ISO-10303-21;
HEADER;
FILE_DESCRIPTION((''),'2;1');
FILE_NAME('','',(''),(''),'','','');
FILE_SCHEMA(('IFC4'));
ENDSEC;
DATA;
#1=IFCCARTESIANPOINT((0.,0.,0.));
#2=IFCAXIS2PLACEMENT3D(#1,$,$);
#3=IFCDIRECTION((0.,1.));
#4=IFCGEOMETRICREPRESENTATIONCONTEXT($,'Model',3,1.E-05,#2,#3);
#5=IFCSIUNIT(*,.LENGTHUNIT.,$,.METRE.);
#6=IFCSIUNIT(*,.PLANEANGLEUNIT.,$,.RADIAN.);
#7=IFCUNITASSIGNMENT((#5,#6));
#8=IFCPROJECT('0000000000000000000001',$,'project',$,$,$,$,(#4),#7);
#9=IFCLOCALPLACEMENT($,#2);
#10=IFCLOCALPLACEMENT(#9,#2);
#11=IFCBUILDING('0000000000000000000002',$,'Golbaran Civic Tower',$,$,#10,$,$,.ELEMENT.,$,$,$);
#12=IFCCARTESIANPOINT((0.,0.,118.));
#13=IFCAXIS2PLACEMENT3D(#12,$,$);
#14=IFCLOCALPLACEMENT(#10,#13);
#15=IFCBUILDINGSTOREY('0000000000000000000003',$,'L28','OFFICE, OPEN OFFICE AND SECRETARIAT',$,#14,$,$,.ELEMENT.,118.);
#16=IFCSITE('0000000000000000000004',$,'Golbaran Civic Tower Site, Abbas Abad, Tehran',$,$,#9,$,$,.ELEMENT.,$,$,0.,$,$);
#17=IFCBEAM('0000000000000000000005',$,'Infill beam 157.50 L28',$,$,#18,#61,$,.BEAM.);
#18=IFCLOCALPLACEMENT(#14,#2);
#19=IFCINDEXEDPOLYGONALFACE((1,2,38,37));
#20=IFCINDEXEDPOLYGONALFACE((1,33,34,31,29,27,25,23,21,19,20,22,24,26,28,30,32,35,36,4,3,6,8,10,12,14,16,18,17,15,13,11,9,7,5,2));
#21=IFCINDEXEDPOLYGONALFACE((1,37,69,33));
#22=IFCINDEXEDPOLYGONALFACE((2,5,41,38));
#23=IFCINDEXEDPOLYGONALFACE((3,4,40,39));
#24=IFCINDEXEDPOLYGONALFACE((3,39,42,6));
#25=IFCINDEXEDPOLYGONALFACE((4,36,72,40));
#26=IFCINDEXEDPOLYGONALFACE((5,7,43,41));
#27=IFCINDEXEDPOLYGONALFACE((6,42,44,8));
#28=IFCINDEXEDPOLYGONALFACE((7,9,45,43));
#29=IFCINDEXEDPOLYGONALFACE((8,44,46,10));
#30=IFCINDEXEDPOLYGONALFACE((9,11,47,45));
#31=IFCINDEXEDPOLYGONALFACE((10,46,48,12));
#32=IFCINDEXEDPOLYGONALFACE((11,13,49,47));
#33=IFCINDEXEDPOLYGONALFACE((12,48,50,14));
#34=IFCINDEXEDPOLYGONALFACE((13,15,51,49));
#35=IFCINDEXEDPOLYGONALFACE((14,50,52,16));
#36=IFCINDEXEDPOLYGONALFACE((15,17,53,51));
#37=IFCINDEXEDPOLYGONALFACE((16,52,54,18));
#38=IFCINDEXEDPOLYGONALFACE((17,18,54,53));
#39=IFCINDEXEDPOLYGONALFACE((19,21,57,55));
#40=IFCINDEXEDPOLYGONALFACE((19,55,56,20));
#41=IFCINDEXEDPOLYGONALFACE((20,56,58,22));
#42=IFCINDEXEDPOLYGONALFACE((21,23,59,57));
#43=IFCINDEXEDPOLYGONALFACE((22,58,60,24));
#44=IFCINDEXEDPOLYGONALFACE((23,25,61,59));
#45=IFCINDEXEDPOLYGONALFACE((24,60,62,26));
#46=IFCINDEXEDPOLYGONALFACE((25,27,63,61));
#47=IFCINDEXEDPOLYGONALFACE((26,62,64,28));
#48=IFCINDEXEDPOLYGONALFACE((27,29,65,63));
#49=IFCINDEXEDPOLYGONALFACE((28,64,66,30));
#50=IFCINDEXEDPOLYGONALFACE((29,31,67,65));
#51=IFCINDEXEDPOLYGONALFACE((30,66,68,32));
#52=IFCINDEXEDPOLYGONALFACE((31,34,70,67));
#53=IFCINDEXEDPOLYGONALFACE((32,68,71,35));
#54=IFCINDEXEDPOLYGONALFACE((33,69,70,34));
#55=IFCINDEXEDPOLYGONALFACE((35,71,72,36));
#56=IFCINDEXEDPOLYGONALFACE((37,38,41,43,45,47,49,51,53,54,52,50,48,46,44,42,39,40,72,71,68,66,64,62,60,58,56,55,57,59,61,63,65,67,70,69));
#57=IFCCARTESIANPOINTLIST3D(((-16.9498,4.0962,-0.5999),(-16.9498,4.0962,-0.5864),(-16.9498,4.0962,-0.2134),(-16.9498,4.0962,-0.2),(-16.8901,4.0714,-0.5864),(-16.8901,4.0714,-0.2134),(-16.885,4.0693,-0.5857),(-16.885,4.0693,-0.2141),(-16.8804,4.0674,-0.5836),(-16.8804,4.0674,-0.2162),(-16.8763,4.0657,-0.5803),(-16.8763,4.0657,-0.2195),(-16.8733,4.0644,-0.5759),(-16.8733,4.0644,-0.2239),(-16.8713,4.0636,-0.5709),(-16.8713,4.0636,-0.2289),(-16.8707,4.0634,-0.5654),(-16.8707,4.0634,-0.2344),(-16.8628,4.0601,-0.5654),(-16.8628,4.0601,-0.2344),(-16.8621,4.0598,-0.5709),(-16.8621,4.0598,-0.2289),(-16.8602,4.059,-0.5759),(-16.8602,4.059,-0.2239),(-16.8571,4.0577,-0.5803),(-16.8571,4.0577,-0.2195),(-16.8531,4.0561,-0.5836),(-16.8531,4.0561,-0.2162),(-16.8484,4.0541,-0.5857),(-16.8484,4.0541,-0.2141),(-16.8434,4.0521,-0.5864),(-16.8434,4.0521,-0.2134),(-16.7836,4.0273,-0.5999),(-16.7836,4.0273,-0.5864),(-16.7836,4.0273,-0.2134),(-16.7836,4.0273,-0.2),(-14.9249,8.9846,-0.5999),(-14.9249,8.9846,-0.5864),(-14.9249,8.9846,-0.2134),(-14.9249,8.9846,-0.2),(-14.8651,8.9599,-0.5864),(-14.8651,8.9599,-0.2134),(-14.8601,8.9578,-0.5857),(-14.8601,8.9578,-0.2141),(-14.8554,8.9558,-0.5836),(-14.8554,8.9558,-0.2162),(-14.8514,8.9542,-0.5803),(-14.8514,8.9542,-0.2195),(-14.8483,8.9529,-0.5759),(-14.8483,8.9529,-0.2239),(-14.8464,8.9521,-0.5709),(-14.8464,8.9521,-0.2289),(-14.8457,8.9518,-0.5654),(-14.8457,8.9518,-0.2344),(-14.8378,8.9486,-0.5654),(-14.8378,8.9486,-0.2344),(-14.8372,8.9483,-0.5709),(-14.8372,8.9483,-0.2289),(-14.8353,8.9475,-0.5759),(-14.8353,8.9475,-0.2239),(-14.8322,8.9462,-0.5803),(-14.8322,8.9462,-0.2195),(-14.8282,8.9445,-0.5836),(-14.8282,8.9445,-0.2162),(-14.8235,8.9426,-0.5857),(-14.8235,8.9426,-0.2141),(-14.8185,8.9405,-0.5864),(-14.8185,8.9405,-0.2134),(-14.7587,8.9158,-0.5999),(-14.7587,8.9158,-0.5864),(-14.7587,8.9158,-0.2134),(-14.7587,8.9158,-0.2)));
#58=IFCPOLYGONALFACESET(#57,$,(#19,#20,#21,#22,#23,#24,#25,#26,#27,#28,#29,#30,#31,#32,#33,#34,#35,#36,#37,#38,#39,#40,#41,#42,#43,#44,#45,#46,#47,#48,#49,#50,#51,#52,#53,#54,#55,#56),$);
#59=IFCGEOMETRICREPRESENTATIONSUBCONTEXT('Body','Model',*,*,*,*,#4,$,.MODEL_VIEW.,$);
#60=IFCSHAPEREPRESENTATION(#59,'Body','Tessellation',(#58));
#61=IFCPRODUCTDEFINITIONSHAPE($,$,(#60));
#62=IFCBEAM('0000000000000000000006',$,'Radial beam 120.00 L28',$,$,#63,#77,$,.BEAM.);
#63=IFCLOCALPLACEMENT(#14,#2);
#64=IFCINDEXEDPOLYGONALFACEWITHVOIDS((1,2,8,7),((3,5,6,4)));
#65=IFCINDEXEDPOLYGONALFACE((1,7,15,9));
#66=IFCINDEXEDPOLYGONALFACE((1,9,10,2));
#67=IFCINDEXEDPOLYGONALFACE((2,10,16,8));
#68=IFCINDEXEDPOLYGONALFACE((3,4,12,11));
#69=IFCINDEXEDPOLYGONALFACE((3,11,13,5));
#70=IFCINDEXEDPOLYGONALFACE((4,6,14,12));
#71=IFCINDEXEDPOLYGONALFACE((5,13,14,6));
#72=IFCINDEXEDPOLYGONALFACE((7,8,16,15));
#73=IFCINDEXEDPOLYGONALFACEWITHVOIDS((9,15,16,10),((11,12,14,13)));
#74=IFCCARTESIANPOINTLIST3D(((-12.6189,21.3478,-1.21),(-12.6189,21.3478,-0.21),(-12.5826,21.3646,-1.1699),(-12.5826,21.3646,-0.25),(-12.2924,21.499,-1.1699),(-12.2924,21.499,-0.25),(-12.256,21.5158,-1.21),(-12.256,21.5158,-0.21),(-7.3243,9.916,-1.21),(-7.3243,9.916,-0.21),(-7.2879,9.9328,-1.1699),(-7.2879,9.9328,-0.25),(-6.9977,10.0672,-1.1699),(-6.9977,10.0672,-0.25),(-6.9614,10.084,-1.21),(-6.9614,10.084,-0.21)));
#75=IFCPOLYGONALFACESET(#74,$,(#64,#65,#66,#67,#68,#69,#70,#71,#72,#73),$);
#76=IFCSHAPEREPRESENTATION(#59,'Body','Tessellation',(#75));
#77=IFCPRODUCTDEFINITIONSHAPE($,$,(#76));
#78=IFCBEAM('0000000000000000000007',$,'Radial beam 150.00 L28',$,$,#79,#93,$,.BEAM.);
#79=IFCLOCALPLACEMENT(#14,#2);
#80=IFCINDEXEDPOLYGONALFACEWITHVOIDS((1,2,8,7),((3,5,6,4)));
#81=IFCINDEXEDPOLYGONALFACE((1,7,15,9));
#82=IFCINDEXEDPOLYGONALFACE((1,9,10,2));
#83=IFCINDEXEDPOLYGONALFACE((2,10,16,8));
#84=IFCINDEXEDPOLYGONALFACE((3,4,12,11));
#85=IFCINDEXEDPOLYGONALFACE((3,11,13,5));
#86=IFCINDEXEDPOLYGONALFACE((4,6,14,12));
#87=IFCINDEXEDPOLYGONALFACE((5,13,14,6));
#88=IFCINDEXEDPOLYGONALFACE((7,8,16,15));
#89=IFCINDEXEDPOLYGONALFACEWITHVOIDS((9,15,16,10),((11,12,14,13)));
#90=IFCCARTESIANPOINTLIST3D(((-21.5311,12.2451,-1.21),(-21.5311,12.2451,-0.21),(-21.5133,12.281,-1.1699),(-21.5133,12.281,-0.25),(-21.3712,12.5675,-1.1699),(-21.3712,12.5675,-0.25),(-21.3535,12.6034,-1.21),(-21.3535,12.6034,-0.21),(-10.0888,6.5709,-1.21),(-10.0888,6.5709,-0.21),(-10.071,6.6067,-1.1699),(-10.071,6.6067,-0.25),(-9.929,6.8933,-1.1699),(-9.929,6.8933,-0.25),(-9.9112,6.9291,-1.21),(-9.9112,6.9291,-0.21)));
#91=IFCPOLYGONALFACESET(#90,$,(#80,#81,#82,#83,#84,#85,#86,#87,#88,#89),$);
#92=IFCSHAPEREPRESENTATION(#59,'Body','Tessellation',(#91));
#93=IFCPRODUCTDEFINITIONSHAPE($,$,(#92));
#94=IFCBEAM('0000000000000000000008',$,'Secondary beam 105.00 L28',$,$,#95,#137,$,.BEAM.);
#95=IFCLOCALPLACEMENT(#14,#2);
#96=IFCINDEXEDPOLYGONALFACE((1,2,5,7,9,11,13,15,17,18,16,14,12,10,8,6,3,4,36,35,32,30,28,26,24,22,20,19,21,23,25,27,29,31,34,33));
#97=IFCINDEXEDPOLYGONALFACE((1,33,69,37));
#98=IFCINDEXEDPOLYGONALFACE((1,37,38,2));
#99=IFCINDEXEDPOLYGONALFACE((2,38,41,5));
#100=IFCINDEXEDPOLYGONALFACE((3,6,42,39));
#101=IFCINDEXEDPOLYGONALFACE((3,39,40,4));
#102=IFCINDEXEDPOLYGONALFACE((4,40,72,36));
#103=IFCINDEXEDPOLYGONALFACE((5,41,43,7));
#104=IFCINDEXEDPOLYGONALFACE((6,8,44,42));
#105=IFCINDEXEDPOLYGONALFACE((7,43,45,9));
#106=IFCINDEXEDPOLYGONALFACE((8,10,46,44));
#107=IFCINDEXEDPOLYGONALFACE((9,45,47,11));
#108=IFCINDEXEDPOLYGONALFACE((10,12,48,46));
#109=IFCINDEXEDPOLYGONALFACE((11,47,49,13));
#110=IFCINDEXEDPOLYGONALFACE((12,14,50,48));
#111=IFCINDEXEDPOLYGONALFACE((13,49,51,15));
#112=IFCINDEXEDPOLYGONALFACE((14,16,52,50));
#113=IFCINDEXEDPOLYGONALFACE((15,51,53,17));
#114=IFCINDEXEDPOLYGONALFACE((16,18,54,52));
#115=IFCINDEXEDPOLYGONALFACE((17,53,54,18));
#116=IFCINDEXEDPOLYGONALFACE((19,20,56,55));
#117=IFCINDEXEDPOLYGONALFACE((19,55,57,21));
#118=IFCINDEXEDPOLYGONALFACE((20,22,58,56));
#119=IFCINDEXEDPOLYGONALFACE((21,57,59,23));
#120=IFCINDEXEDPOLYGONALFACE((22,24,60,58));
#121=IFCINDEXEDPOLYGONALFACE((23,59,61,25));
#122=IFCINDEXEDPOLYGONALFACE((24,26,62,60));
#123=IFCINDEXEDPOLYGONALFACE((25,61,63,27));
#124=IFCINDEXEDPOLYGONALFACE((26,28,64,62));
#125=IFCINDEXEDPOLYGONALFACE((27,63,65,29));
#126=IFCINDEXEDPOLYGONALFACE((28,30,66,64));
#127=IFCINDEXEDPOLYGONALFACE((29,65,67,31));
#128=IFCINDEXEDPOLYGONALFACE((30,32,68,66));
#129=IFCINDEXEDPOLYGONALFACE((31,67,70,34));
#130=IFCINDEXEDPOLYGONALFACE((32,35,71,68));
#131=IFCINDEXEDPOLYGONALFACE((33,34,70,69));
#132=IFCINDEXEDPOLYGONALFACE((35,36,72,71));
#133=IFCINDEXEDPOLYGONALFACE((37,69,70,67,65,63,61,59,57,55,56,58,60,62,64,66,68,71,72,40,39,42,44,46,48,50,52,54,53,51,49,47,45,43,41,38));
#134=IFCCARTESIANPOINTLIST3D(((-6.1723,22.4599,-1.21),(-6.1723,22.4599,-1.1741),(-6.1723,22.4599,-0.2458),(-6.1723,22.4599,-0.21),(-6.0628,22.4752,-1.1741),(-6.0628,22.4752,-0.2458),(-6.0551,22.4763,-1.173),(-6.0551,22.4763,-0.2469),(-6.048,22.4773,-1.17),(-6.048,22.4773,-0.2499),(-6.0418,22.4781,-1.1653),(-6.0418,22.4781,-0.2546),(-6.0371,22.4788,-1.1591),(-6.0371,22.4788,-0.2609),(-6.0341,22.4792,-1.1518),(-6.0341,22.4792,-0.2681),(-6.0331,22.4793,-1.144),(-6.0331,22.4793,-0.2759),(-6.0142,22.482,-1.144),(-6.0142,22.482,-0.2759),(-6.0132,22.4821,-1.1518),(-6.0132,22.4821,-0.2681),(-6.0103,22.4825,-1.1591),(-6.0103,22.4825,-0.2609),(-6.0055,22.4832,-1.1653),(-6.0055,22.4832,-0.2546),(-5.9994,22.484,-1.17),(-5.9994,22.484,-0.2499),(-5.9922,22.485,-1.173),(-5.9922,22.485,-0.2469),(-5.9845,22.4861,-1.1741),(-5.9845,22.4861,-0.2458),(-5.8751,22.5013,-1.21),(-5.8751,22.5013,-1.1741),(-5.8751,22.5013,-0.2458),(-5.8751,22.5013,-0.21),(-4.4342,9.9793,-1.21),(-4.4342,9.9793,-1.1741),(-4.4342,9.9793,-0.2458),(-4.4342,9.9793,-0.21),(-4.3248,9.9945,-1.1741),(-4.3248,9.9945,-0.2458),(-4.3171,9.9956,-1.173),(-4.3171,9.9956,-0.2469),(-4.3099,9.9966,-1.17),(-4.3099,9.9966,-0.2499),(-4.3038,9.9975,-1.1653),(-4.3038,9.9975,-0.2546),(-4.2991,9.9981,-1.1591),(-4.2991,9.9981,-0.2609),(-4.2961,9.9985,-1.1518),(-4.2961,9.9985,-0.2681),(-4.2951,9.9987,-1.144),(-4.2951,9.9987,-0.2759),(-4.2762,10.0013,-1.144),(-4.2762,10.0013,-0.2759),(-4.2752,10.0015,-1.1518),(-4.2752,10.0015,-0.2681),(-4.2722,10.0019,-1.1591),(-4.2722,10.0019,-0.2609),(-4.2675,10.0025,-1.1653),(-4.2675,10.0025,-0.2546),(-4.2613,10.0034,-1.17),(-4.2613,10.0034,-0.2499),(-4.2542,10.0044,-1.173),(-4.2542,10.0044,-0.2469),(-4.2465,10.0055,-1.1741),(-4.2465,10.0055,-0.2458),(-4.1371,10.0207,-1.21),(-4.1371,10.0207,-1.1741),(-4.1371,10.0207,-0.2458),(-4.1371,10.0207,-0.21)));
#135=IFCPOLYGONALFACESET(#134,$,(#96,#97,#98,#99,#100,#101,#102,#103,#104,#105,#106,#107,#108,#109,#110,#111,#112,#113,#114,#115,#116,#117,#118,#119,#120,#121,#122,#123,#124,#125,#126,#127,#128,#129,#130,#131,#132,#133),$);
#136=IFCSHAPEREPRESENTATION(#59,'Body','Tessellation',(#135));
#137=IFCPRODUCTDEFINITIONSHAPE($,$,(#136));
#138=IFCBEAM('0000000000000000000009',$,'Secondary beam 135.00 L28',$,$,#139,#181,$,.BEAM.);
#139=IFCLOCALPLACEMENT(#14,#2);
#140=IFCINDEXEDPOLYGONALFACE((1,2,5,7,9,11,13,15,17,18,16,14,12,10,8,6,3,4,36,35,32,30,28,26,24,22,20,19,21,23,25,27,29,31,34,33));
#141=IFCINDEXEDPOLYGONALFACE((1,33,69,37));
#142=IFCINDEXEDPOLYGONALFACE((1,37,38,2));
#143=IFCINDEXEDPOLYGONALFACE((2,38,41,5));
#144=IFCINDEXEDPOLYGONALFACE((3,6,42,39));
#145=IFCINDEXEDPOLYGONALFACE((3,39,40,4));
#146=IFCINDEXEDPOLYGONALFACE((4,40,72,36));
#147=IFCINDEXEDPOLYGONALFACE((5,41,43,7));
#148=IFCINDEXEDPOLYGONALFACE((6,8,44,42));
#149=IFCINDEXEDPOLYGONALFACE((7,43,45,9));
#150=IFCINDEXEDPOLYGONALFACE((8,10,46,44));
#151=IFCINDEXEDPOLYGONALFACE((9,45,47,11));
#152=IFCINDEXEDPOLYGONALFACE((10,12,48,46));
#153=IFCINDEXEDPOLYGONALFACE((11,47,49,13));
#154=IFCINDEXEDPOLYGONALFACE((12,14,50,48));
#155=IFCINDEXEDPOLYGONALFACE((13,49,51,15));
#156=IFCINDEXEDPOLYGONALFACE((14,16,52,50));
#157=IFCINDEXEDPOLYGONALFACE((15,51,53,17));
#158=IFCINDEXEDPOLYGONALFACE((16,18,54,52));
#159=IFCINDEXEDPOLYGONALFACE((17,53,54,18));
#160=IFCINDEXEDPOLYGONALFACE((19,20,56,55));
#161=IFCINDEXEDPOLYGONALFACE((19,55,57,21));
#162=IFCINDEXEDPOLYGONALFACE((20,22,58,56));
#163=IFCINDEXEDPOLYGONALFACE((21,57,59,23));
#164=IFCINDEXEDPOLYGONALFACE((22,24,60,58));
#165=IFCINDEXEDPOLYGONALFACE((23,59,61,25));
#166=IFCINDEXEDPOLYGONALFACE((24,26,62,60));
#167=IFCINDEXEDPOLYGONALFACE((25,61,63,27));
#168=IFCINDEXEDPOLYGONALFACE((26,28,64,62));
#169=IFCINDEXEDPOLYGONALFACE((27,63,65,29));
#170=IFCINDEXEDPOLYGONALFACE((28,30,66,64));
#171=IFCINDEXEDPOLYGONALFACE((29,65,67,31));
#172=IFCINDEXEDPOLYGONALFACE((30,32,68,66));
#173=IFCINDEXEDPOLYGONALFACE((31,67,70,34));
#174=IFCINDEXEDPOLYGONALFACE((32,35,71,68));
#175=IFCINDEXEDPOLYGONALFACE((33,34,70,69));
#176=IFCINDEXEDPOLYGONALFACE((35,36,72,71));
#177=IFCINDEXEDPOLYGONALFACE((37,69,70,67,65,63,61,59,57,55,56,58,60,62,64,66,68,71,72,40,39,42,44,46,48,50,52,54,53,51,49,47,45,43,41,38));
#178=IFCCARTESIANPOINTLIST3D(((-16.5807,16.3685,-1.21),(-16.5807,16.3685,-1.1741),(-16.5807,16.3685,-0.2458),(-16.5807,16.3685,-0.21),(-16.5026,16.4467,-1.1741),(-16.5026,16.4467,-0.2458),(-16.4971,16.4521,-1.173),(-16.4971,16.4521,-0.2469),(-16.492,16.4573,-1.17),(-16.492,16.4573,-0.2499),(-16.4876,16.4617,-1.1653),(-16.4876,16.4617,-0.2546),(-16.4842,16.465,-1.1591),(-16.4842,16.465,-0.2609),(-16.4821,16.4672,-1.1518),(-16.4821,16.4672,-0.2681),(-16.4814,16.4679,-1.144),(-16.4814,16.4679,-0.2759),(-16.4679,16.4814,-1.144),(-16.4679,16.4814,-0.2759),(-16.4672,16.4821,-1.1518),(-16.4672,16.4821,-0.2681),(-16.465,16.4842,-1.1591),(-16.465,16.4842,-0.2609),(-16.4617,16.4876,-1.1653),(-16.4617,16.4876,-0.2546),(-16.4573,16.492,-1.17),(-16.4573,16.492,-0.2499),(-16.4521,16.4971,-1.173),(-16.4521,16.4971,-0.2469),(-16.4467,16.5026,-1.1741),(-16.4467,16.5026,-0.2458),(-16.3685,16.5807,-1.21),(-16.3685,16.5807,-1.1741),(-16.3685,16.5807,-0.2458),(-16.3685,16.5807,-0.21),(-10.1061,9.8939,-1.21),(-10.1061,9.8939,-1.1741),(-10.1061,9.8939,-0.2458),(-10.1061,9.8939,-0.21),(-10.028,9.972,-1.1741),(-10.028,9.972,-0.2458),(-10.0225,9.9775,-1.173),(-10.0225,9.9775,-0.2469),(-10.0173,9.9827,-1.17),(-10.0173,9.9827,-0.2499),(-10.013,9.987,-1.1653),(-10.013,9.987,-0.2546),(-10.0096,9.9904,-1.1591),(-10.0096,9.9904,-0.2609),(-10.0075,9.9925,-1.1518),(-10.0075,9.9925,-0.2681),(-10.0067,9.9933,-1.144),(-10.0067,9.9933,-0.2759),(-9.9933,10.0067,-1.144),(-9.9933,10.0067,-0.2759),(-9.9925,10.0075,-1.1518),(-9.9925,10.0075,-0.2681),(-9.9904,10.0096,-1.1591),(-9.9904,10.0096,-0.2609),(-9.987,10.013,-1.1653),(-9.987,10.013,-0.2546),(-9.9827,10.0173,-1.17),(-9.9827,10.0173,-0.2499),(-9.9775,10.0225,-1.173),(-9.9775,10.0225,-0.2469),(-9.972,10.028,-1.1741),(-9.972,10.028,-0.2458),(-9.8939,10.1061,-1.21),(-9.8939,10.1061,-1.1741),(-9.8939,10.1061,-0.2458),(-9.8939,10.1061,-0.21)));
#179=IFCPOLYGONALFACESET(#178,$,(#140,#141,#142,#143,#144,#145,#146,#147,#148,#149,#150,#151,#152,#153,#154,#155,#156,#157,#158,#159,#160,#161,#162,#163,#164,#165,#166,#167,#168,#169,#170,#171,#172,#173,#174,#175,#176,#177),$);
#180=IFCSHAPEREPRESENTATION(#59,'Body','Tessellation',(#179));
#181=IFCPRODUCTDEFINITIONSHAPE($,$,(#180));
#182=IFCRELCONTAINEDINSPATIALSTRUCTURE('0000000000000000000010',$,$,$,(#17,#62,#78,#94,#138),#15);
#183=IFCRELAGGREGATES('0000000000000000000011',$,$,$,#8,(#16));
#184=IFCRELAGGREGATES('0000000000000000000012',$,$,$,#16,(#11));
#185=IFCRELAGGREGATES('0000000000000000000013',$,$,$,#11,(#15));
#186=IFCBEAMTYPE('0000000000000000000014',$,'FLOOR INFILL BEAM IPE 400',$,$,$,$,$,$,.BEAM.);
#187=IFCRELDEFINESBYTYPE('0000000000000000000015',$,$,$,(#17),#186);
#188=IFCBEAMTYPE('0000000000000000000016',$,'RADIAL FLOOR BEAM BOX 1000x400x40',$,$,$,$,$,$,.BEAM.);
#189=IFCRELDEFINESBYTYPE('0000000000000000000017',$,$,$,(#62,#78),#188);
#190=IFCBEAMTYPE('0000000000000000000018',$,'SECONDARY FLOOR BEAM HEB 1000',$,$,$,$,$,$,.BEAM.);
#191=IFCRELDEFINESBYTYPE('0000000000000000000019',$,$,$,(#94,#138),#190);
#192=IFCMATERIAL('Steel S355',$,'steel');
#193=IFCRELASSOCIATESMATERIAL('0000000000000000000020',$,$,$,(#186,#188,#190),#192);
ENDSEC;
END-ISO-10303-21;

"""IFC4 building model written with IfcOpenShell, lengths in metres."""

from ifc_helpers import new_model, si_unit, direction, frame, origin, origin_2d, place, context, subcontext, project, spatial, hollow_rectangle, i_section, extrude, material, material_profile, profile_set, type_object, element, save


model = new_model("IFC4")

# Units and contexts
model_context = context("Model", 3, precision=1e-05, world=origin(), true_north=direction((0.0, 1.0)))
body_context = subcontext(model_context, "Body", "Model", "MODEL_VIEW")
ifc_project = project(units=[si_unit("LENGTHUNIT", "METRE"), si_unit("PLANEANGLEUNIT", "RADIAN")], contexts=[model_context])

# Site, building, storey
site_placement = place(None, origin())
site = spatial("IfcSite", under=ifc_project, at=site_placement, Name="Golbaran Civic Tower Site, Abbas Abad, Tehran", CompositionType="ELEMENT", RefElevation=0.0)
building_placement = place(site_placement, origin())
building = spatial("IfcBuilding", under=site, at=building_placement, Name="Golbaran Civic Tower", CompositionType="ELEMENT")
storey_placement = place(building_placement, frame((0.0, 0.0, 118.0)))
storey = spatial("IfcBuildingStorey", under=building, at=storey_placement, Name="L28", Description="OFFICE, OPEN OFFICE AND SECRETARIAT", CompositionType="ELEMENT", Elevation=118.0)

# Beams
ifc_material_1 = material(Name="Steel S355", Category="steel")
ifc_material_profile_1 = material_profile(ifc_material_1, i_section(OverallWidth=0.1799, OverallDepth=0.3999, WebThickness=0.0085, FlangeThickness=0.0134, FilletRadius=0.021, at=origin_2d()), Name="IPE 400")
ifc_profile_set_1 = profile_set([ifc_material_profile_1], Name="Steel S355")
beam_type_1 = type_object("IfcBeamType", Name="FLOOR INFILL BEAM IPE 400", PredefinedType="BEAM", material=ifc_profile_set_1)
beam_1_placement = place(storey_placement, frame((-14.8418, 8.9502, -0.3999), z_axis=(-0.382691, -0.923876, 0.0), x_axis=(0.923876, -0.382691, 0.0)))
element("IfcBeam", 1, at=beam_1_placement, inside=storey, type_object=beam_type_1, Name="Infill beam 157.50 L28", PredefinedType="BEAM", context=body_context, shape_type="SweptSolid", body=[
    extrude(i_section(OverallWidth=0.1799, OverallDepth=0.3999, WebThickness=0.0085, FlangeThickness=0.0134, FilletRadius=0.021, at=origin_2d()), origin(), (0.0, 0.0, 1.0), 5.2913),
])
ifc_material_profile_2 = material_profile(ifc_material_1, hollow_rectangle(XDim=0.3999, YDim=1.0, WallThickness=0.04, at=origin_2d()), Name="BOX 1000x400x40")
ifc_profile_set_2 = profile_set([ifc_material_profile_2], Name="Steel S355")
beam_type_2 = type_object("IfcBeamType", Name="RADIAL FLOOR BEAM BOX 1000x400x40", PredefinedType="BEAM", material=ifc_profile_set_2)
beam_2_placement = place(storey_placement, frame((-7.1428, 10.0, -0.71), z_axis=(-0.420263, 0.907402, 0.0), x_axis=(-0.907402, -0.420263, 0.0)))
element("IfcBeam", 2, at=beam_2_placement, inside=storey, type_object=beam_type_2, Name="Radial beam 120.00 L28", PredefinedType="BEAM", context=body_context, shape_type="SweptSolid", body=[
    extrude(hollow_rectangle(XDim=0.3999, YDim=1.0, WallThickness=0.04, at=origin_2d()), origin(), (0.0, 0.0, 1.0), 12.5984),
])
beam_3_placement = place(storey_placement, frame((-10.0, 6.75, -0.71), z_axis=(-0.89589, 0.444275, 0.0), x_axis=(-0.444275, -0.89589, 0.0)))
element("IfcBeam", 3, at=beam_3_placement, inside=storey, type_object=beam_type_2, Name="Radial beam 150.00 L28", PredefinedType="BEAM", context=body_context, shape_type="SweptSolid", body=[
    extrude(hollow_rectangle(XDim=0.3999, YDim=1.0, WallThickness=0.04, at=origin_2d()), origin(), (0.0, 0.0, 1.0), 12.772),
])
ifc_material_profile_3 = material_profile(ifc_material_1, i_section(OverallWidth=0.3, OverallDepth=1.0, WebThickness=0.019, FlangeThickness=0.0359, FilletRadius=0.03, at=origin_2d()), Name="HEB 1000")
ifc_profile_set_3 = profile_set([ifc_material_profile_3], Name="Steel S355")
beam_type_3 = type_object("IfcBeamType", Name="SECONDARY FLOOR BEAM HEB 1000", PredefinedType="BEAM", material=ifc_profile_set_3)
beam_4_placement = place(storey_placement, frame((-4.2856, 10.0, -0.71), z_axis=(-0.137927, 0.990442, 0.0), x_axis=(-0.990442, -0.137927, 0.0)))
element("IfcBeam", 4, at=beam_4_placement, inside=storey, type_object=beam_type_3, Name="Secondary beam 105.00 L28", PredefinedType="BEAM", context=body_context, shape_type="SweptSolid", body=[
    extrude(i_section(OverallWidth=0.3, OverallDepth=1.0, WebThickness=0.019, FlangeThickness=0.0359, FilletRadius=0.03, at=origin_2d()), origin(), (0.0, 0.0, 1.0), 12.6011),
])
beam_5_placement = place(storey_placement, frame((-10.0, 10.0, -0.71), z_axis=(-0.707107, 0.707107, 0.0), x_axis=(-0.707107, -0.707107, 0.0)))
element("IfcBeam", 5, at=beam_5_placement, inside=storey, type_object=beam_type_3, Name="Secondary beam 135.00 L28", PredefinedType="BEAM", context=body_context, shape_type="SweptSolid", body=[
    extrude(i_section(OverallWidth=0.3, OverallDepth=1.0, WebThickness=0.019, FlangeThickness=0.0359, FilletRadius=0.03, at=origin_2d()), origin(), (0.0, 0.0, 1.0), 9.1565),
])

save(model, "model.ifc")
